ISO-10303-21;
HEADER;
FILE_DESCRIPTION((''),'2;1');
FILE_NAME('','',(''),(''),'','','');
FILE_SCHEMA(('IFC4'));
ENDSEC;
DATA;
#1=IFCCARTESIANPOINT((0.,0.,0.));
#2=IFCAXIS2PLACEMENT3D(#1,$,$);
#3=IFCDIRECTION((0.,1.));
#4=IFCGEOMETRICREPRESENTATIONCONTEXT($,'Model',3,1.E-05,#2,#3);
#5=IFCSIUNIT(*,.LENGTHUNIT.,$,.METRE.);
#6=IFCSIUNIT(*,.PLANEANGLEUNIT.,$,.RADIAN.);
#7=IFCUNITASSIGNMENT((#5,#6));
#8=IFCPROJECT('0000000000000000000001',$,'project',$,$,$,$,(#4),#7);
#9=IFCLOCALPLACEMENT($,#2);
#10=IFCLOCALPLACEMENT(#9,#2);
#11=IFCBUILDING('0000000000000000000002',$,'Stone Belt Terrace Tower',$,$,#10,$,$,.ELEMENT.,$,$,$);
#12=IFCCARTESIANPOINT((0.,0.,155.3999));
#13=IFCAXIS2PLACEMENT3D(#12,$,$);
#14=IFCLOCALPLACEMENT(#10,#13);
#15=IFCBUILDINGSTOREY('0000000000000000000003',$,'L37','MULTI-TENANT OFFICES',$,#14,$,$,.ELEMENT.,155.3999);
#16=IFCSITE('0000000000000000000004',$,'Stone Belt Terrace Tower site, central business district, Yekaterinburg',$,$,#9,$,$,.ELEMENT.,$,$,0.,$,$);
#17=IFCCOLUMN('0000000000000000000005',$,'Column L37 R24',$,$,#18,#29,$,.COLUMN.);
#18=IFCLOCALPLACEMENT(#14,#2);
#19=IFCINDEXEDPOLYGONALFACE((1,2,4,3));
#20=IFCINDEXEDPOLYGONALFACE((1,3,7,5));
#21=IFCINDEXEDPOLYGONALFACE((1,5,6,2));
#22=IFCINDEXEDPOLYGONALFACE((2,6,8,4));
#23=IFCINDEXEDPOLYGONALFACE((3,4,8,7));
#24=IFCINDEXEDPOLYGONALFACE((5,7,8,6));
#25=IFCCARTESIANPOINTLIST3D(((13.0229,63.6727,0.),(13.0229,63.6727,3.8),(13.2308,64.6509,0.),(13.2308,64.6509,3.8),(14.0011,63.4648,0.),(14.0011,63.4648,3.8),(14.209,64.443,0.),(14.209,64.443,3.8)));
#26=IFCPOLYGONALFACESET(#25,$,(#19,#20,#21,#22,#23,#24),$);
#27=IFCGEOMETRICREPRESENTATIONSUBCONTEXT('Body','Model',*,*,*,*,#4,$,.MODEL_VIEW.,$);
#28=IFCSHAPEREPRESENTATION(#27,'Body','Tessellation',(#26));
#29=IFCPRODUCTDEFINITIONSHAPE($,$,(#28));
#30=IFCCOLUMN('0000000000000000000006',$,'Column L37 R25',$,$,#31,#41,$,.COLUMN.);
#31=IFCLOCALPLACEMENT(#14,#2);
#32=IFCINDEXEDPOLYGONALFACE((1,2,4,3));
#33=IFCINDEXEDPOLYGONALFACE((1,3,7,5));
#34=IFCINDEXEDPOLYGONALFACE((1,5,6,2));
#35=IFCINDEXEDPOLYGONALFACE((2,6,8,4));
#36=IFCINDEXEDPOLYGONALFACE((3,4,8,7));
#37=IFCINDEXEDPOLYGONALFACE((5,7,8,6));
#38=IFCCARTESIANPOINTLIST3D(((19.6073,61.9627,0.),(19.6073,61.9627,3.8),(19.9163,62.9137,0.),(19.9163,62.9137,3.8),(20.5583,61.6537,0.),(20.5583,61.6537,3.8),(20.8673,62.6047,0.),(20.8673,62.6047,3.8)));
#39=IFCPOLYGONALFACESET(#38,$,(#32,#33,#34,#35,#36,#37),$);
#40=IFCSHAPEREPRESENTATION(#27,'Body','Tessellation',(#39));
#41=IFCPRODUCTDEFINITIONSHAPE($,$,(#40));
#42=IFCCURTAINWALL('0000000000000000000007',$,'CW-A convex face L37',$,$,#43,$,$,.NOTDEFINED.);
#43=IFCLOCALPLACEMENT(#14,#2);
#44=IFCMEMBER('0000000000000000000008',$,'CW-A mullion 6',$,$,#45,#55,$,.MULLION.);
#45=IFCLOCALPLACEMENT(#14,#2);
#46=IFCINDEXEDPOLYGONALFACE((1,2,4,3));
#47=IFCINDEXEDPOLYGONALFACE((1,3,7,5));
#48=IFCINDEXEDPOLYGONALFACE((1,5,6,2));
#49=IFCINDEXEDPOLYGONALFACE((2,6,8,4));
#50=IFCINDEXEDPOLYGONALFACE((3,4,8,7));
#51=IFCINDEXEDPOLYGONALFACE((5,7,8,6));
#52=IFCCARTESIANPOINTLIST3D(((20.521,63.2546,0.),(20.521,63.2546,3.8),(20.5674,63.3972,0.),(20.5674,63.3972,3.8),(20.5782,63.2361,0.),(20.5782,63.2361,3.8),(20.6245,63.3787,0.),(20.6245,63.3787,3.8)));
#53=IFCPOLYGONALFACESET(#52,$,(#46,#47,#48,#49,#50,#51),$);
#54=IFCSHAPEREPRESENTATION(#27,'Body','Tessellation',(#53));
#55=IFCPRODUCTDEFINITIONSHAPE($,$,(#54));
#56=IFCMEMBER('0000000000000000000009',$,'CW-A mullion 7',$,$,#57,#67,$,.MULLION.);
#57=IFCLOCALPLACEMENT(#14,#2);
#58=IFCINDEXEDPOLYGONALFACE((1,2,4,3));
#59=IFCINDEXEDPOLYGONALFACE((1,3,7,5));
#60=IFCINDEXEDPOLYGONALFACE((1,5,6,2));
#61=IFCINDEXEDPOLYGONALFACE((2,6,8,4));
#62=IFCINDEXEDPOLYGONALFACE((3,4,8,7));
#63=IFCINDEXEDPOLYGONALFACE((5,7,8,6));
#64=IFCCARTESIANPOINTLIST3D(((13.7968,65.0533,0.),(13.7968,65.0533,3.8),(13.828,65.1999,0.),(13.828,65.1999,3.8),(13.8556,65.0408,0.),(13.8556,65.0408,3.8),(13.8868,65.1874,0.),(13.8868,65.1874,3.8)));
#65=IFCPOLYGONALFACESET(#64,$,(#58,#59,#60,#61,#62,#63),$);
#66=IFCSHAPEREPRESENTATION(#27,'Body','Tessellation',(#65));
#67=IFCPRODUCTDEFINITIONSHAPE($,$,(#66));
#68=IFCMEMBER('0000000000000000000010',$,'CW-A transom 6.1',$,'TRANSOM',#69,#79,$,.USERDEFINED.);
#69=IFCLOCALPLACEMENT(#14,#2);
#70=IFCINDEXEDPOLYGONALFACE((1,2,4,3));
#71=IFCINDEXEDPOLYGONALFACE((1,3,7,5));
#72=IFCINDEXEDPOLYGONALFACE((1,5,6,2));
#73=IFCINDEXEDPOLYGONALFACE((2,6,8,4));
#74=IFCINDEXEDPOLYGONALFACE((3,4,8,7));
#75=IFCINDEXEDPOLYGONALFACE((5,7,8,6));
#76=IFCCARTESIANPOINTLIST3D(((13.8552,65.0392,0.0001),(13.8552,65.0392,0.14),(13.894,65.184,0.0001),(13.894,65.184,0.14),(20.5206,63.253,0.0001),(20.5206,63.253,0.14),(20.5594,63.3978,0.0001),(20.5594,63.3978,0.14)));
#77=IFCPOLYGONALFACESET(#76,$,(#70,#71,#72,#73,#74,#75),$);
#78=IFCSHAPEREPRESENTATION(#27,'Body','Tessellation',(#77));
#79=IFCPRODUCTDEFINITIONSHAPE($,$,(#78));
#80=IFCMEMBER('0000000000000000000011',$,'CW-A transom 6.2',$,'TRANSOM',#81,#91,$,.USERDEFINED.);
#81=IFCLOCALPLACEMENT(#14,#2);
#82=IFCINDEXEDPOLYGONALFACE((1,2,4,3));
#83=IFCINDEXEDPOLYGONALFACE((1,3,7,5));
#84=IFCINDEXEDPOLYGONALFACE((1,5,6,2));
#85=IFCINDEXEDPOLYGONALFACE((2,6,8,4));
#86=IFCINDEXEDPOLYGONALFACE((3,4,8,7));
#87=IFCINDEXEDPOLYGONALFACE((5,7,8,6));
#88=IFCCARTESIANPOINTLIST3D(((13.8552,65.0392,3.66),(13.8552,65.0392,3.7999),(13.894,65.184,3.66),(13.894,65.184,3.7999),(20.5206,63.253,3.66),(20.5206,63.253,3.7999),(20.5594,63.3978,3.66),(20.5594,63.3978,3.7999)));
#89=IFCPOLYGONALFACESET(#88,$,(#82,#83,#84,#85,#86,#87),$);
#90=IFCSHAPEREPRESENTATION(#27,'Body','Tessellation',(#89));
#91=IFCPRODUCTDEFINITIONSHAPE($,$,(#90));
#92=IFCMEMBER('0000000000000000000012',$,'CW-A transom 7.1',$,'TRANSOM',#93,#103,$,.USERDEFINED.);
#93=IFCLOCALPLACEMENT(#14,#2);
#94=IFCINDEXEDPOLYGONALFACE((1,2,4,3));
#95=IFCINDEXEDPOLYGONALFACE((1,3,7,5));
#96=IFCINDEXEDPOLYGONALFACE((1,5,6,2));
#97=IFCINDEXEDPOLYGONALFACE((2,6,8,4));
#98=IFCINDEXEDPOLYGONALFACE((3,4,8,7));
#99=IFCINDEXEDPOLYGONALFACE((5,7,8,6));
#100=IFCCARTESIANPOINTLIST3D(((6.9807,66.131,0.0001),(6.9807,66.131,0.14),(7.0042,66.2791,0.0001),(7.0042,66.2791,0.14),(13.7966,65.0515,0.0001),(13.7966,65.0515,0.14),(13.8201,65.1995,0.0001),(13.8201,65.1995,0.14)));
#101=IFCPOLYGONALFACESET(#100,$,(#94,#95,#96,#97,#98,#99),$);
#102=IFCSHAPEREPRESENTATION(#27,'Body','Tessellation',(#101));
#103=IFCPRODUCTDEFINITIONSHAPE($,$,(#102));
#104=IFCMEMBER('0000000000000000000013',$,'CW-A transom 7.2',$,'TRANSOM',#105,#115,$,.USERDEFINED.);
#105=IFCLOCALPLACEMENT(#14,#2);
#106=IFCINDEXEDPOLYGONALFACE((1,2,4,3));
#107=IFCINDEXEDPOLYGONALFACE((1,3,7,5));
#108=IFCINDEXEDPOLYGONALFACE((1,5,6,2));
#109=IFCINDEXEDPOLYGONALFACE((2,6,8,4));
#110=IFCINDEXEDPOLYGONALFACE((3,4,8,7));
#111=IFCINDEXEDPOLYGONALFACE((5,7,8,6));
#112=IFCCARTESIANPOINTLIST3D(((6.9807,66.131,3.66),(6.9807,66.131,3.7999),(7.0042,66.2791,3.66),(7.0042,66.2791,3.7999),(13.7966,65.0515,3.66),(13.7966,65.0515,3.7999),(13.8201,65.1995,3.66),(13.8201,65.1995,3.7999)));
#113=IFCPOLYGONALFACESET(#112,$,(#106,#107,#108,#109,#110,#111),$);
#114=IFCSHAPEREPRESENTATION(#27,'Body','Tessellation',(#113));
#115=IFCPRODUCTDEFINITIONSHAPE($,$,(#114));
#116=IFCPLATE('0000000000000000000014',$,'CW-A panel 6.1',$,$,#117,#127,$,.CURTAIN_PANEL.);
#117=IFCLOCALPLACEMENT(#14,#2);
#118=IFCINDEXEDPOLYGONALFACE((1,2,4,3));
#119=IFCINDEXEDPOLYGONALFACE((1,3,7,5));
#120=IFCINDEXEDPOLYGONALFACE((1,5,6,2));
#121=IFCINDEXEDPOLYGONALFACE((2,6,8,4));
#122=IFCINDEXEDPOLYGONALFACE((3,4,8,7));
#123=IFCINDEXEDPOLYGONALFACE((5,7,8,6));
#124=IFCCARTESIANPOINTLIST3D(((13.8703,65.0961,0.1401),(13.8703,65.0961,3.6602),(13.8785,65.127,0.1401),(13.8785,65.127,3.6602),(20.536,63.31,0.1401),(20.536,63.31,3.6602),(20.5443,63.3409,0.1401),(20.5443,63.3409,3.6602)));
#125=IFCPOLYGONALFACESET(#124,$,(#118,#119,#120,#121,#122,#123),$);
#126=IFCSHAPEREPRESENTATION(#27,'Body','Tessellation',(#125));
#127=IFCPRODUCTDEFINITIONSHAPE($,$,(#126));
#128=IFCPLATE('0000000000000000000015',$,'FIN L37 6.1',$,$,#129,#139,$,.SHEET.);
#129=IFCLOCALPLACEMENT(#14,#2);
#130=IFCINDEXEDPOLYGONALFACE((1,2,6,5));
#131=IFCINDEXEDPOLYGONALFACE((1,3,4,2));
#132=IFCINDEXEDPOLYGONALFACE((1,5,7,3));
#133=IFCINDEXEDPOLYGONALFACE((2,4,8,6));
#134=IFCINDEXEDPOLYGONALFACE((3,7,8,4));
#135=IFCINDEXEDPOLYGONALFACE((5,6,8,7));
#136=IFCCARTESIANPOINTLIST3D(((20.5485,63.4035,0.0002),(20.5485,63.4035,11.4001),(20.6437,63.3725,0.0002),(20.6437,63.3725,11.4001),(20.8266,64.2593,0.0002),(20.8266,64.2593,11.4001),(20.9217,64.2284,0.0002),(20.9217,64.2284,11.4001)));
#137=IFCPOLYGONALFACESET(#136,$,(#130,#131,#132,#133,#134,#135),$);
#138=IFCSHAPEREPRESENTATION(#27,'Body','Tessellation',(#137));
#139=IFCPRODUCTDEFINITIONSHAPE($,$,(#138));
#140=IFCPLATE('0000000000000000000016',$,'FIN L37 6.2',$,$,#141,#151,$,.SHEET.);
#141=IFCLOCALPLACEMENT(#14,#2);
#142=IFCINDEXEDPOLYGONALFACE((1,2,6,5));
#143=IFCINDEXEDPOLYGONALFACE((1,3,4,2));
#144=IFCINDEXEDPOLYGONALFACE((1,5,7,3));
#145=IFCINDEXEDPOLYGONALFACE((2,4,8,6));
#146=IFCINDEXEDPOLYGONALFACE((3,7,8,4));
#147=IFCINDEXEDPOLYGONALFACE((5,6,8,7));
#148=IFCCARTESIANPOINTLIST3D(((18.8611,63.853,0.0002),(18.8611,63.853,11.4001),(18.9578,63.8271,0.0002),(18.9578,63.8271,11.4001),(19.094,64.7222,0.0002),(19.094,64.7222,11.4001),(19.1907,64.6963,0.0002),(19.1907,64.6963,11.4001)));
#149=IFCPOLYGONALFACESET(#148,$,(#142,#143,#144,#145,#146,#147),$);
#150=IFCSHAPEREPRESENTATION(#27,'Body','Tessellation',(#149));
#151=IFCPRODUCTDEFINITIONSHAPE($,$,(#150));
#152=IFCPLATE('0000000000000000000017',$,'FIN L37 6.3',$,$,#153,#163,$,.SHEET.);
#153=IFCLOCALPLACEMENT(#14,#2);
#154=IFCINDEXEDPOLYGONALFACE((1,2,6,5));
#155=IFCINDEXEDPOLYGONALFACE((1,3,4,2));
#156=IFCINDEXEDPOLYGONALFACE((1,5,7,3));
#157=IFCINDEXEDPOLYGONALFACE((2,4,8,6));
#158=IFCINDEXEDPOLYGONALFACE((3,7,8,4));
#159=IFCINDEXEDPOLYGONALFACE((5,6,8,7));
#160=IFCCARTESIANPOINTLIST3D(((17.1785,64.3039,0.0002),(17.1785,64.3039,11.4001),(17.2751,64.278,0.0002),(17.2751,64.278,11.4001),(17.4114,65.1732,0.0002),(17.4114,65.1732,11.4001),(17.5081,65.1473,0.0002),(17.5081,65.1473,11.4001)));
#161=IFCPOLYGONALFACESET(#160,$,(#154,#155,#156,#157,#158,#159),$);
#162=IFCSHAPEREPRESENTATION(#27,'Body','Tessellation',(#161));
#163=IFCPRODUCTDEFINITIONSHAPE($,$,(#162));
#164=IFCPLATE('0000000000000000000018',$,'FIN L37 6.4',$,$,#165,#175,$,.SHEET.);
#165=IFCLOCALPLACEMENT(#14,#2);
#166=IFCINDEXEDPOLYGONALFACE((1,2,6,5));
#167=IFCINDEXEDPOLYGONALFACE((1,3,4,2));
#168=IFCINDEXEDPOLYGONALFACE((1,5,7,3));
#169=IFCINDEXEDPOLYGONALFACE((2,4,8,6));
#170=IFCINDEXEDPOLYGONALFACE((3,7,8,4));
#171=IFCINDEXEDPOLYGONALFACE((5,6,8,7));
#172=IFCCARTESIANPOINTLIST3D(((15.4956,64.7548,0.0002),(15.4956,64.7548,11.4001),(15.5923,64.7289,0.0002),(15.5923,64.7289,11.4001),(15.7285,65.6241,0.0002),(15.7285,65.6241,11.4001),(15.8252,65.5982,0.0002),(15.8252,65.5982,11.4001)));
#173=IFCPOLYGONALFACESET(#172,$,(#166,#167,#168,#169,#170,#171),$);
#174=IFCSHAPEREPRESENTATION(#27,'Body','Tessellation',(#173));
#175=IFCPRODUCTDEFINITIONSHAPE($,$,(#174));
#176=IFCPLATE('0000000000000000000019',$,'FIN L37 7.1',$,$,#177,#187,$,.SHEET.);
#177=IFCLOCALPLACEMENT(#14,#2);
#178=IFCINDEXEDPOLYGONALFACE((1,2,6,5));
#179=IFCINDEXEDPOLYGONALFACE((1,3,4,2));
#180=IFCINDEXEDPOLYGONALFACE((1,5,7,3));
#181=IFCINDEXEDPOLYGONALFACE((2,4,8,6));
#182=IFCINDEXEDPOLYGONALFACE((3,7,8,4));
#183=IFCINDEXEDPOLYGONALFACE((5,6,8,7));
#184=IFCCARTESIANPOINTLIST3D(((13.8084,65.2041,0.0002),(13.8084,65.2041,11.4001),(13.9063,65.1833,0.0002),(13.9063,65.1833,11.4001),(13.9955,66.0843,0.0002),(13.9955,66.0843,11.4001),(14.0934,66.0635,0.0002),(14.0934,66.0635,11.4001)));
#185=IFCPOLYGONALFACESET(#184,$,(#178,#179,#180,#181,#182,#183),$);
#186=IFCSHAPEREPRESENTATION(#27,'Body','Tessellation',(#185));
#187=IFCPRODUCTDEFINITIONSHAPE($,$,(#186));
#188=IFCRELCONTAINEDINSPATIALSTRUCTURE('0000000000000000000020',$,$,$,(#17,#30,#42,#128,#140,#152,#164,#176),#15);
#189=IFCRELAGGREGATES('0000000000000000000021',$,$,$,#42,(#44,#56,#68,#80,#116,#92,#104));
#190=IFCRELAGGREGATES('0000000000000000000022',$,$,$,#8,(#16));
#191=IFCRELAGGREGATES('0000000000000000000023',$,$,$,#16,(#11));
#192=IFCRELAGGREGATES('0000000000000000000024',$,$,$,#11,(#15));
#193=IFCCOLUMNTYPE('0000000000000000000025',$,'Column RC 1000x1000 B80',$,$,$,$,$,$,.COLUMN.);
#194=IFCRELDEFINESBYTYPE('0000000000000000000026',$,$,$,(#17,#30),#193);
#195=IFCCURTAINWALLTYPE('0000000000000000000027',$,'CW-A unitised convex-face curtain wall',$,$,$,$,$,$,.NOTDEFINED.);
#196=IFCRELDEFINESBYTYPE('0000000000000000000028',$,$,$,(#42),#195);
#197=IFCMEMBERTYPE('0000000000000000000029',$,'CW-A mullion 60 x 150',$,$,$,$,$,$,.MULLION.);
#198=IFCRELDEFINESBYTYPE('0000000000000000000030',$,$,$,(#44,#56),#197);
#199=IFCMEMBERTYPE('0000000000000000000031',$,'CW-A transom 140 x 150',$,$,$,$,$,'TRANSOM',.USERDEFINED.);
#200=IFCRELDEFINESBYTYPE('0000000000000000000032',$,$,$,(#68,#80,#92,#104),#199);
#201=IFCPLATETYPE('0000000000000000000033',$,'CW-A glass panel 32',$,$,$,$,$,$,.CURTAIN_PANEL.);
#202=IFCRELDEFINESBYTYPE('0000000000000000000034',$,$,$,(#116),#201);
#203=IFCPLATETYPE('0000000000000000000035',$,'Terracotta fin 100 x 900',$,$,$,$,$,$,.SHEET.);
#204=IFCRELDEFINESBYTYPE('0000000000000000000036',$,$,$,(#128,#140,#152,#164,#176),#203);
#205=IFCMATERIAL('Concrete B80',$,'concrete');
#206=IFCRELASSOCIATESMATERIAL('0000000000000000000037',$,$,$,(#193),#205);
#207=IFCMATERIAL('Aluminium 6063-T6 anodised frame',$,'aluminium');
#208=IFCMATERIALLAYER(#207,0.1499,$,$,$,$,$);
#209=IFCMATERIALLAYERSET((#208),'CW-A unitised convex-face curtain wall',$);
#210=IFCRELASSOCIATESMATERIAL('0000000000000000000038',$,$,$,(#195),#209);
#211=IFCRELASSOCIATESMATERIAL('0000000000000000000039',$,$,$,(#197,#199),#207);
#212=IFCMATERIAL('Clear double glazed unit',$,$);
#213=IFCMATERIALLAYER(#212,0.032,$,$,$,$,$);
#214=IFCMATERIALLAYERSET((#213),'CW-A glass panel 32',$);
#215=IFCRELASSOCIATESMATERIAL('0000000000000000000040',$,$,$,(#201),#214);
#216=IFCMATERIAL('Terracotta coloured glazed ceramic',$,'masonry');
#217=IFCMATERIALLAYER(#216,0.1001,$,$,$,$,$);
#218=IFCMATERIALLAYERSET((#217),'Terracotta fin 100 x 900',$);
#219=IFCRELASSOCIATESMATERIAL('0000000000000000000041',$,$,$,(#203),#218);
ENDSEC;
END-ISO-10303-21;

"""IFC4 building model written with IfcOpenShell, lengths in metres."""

from ifc_helpers import new_model, si_unit, direction, frame, origin, origin_2d, place, context, subcontext, project, spatial, rectangle, extrude, material, layer, layer_set, material_profile, profile_set, type_object, element, aggregate, save


model = new_model("IFC4")

# Units and contexts
model_context = context("Model", 3, precision=1e-05, world=origin(), true_north=direction((0.0, 1.0)))
body_context = subcontext(model_context, "Body", "Model", "MODEL_VIEW")
ifc_project = project(units=[si_unit("LENGTHUNIT", "METRE"), si_unit("PLANEANGLEUNIT", "RADIAN")], contexts=[model_context])

# Site, building, storey
site_placement = place(None, origin())
site = spatial("IfcSite", under=ifc_project, at=site_placement, Name="Stone Belt Terrace Tower site, central business district, Yekaterinburg", CompositionType="ELEMENT", RefElevation=0.0)
building_placement = place(site_placement, origin())
building = spatial("IfcBuilding", under=site, at=building_placement, Name="Stone Belt Terrace Tower", CompositionType="ELEMENT")
storey_placement = place(building_placement, frame((0.0, 0.0, 155.3999)))
storey = spatial("IfcBuildingStorey", under=building, at=storey_placement, Name="L37", Description="MULTI-TENANT OFFICES", CompositionType="ELEMENT", Elevation=155.3999)

# Columns
ifc_material_1 = material(Name="Concrete B80", Category="concrete")
ifc_material_profile_1 = material_profile(ifc_material_1, rectangle(XDim=1.0, YDim=1.0, at=origin_2d()), Name="RC 1000x1000")
ifc_profile_set_1 = profile_set([ifc_material_profile_1], Name="Concrete B80")
column_type = type_object("IfcColumnType", Name="Column RC 1000x1000 B80", PredefinedType="COLUMN", material=ifc_profile_set_1)
for number, where, z_axis, x_axis, name in (
    (1, (13.616, 64.0579, 0.0), (0.0, 0.0, 1.0), (0.978148, -0.207912, 0.0), "Column L37 R24"),
    (2, (20.2373, 62.2837, 0.0), (0.0, 0.0, 1.0), (0.951057, -0.309017, 0.0), "Column L37 R25"),
):
    element("IfcColumn", number, at=place(storey_placement, frame(where, z_axis=z_axis, x_axis=x_axis)), inside=storey, type_object=column_type, Name=name, PredefinedType="COLUMN", context=body_context, shape_type="SweptSolid", body=[
        extrude(rectangle(XDim=1.0, YDim=1.0, at=origin_2d()), origin(), (0.0, 0.0, 1.0), 3.8),
    ])

# Curtain wall, members, plate
ifc_material_2 = material(Name="Aluminium 6063-T6 anodised frame", Category="aluminium")
ifc_layer_1 = layer(ifc_material_2, 0.1499)
ifc_layer_set_1 = layer_set([ifc_layer_1], Name="CW-A unitised convex-face curtain wall")
curtain_wall_type = type_object("IfcCurtainWallType", Name="CW-A unitised convex-face curtain wall", PredefinedType="NOTDEFINED", material=ifc_layer_set_1)
curtain_wall_placement = place(storey_placement, origin())
curtain_wall = element("IfcCurtainWall", 3, at=curtain_wall_placement, inside=storey, type_object=curtain_wall_type, Name="CW-A convex face L37", PredefinedType="NOTDEFINED")
ifc_material_profile_2 = material_profile(ifc_material_2, rectangle(XDim=0.1499, YDim=0.0601, at=origin_2d()), Name="Aluminium 6063-T6 60x150")
ifc_profile_set_2 = profile_set([ifc_material_profile_2], Name="Aluminium 6063-T6 anodised frame")
member_type_1 = type_object("IfcMemberType", Name="CW-A mullion 60 x 150", PredefinedType="MULLION", material=ifc_profile_set_2)
member_1_placement = place(storey_placement, frame((20.5728, 63.3167, 0.0), z_axis=(0.0, 0.0, 1.0), x_axis=(-0.309017, -0.951057, 0.0)))
member_1 = element("IfcMember", 4, at=member_1_placement, type_object=member_type_1, Name="CW-A mullion 6", PredefinedType="MULLION", context=body_context, shape_type="SweptSolid", body=[
    extrude(rectangle(XDim=0.1499, YDim=0.0601, at=origin_2d()), origin(), (0.0, 0.0, 1.0), 3.8),
])
member_2_placement = place(storey_placement, frame((13.8418, 65.1204, 0.0), z_axis=(0.0, 0.0, 1.0), x_axis=(-0.207912, -0.978148, 0.0)))
member_2 = element("IfcMember", 5, at=member_2_placement, type_object=member_type_1, Name="CW-A mullion 7", PredefinedType="MULLION", context=body_context, shape_type="SweptSolid", body=[
    extrude(rectangle(XDim=0.1499, YDim=0.0601, at=origin_2d()), origin(), (0.0, 0.0, 1.0), 3.8),
])
ifc_material_profile_3 = material_profile(ifc_material_2, rectangle(XDim=0.1499, YDim=0.1399, at=origin_2d()), Name="Aluminium 6063-T6 150x140")
ifc_profile_set_3 = profile_set([ifc_material_profile_3], Name="Aluminium 6063-T6 anodised frame")
member_type_2 = type_object("IfcMemberType", Name="CW-A transom 140 x 150", ElementType="TRANSOM", PredefinedType="USERDEFINED", material=ifc_profile_set_3)
member_3_placement = place(storey_placement, frame((20.54, 63.3254, 0.0701), z_axis=(-0.965922, 0.258834, 0.0), x_axis=(-0.258834, -0.965922, 0.0)))
member_3 = element("IfcMember", 6, at=member_3_placement, type_object=member_type_2, Name="CW-A transom 6.1", ObjectType="TRANSOM", PredefinedType="USERDEFINED", context=body_context, shape_type="SweptSolid", body=[
    extrude(rectangle(XDim=0.1499, YDim=0.1399, at=origin_2d()), origin(), (0.0, 0.0, 1.0), 6.9006),
])
member_4_placement = place(storey_placement, frame((20.54, 63.3254, 3.73), z_axis=(-0.965922, 0.258834, 0.0), x_axis=(-0.258834, -0.965922, 0.0)))
member_4 = element("IfcMember", 7, at=member_4_placement, type_object=member_type_2, Name="CW-A transom 6.2", ObjectType="TRANSOM", PredefinedType="USERDEFINED", context=body_context, shape_type="SweptSolid", body=[
    extrude(rectangle(XDim=0.1499, YDim=0.1399, at=origin_2d()), origin(), (0.0, 0.0, 1.0), 6.9006),
])
member_5_placement = place(storey_placement, frame((13.8083, 65.1255, 0.0701), z_axis=(-0.987687, 0.156442, 0.0), x_axis=(-0.156442, -0.987687, 0.0)))
member_5 = element("IfcMember", 8, at=member_5_placement, type_object=member_type_2, Name="CW-A transom 7.1", ObjectType="TRANSOM", PredefinedType="USERDEFINED", context=body_context, shape_type="SweptSolid", body=[
    extrude(rectangle(XDim=0.1499, YDim=0.1399, at=origin_2d()), origin(), (0.0, 0.0, 1.0), 6.9009),
])
member_6_placement = place(storey_placement, frame((13.8083, 65.1255, 3.73), z_axis=(-0.987687, 0.156442, 0.0), x_axis=(-0.156442, -0.987687, 0.0)))
member_6 = element("IfcMember", 9, at=member_6_placement, type_object=member_type_2, Name="CW-A transom 7.2", ObjectType="TRANSOM", PredefinedType="USERDEFINED", context=body_context, shape_type="SweptSolid", body=[
    extrude(rectangle(XDim=0.1499, YDim=0.1399, at=origin_2d()), origin(), (0.0, 0.0, 1.0), 6.9009),
])
ifc_material_3 = material(Name="Clear double glazed unit")
ifc_layer_2 = layer(ifc_material_3, 0.032)
ifc_layer_set_2 = layer_set([ifc_layer_2], Name="CW-A glass panel 32")
plate_type_1 = type_object("IfcPlateType", Name="CW-A glass panel 32", PredefinedType="CURTAIN_PANEL", material=ifc_layer_set_2)
plate_placement = place(storey_placement, frame((17.2073, 64.2185, 0.1401), z_axis=(0.0, 0.0, 1.0), x_axis=(-0.965926, 0.258819, 0.0)))
plate = element("IfcPlate", 10, at=plate_placement, type_object=plate_type_1, Name="CW-A panel 6.1", PredefinedType="CURTAIN_PANEL", context=body_context, shape_type="SweptSolid", body=[
    extrude(rectangle(XDim=6.9009, YDim=0.032, at=origin_2d()), origin(), (0.0, 0.0, 1.0), 3.52),
])
aggregate(curtain_wall, [member_1, member_2, member_3, member_4, plate, member_5, member_6])

# Plates
ifc_material_4 = material(Name="Terracotta coloured glazed ceramic", Category="masonry")
ifc_layer_3 = layer(ifc_material_4, 0.1001)
ifc_layer_set_3 = layer_set([ifc_layer_3], Name="Terracotta fin 100 x 900")
plate_type_2 = type_object("IfcPlateType", Name="Terracotta fin 100 x 900", PredefinedType="SHEET", material=ifc_layer_set_3)
for number, where, z_axis, x_axis, name in (
    (11, (20.7351, 63.8159, 0.0002), (0.0, 0.0, 1.0), (0.309017, 0.951057, 0.0), "FIN L37 6.1"),
    (12, (19.0259, 64.2747, 0.0002), (0.0, 0.0, 1.0), (0.258819, 0.965926, 0.0), "FIN L37 6.2"),
    (13, (17.3433, 64.7256, 0.0002), (0.0, 0.0, 1.0), (0.258819, 0.965926, 0.0), "FIN L37 6.3"),
    (14, (15.6604, 65.1765, 0.0002), (0.0, 0.0, 1.0), (0.258819, 0.965926, 0.0), "FIN L37 6.4"),
    (15, (13.9509, 65.6338, 0.0002), (0.0, 0.0, 1.0), (0.207912, 0.978148, 0.0), "FIN L37 7.1"),
):
    element("IfcPlate", number, at=place(storey_placement, frame(where, z_axis=z_axis, x_axis=x_axis)), inside=storey, type_object=plate_type_2, Name=name, PredefinedType="SHEET", context=body_context, shape_type="SweptSolid", body=[
        extrude(rectangle(XDim=0.8999, YDim=0.1001, at=origin_2d()), origin(), (0.0, 0.0, 1.0), 11.3999),
    ])

save(model, "model.ifc")
